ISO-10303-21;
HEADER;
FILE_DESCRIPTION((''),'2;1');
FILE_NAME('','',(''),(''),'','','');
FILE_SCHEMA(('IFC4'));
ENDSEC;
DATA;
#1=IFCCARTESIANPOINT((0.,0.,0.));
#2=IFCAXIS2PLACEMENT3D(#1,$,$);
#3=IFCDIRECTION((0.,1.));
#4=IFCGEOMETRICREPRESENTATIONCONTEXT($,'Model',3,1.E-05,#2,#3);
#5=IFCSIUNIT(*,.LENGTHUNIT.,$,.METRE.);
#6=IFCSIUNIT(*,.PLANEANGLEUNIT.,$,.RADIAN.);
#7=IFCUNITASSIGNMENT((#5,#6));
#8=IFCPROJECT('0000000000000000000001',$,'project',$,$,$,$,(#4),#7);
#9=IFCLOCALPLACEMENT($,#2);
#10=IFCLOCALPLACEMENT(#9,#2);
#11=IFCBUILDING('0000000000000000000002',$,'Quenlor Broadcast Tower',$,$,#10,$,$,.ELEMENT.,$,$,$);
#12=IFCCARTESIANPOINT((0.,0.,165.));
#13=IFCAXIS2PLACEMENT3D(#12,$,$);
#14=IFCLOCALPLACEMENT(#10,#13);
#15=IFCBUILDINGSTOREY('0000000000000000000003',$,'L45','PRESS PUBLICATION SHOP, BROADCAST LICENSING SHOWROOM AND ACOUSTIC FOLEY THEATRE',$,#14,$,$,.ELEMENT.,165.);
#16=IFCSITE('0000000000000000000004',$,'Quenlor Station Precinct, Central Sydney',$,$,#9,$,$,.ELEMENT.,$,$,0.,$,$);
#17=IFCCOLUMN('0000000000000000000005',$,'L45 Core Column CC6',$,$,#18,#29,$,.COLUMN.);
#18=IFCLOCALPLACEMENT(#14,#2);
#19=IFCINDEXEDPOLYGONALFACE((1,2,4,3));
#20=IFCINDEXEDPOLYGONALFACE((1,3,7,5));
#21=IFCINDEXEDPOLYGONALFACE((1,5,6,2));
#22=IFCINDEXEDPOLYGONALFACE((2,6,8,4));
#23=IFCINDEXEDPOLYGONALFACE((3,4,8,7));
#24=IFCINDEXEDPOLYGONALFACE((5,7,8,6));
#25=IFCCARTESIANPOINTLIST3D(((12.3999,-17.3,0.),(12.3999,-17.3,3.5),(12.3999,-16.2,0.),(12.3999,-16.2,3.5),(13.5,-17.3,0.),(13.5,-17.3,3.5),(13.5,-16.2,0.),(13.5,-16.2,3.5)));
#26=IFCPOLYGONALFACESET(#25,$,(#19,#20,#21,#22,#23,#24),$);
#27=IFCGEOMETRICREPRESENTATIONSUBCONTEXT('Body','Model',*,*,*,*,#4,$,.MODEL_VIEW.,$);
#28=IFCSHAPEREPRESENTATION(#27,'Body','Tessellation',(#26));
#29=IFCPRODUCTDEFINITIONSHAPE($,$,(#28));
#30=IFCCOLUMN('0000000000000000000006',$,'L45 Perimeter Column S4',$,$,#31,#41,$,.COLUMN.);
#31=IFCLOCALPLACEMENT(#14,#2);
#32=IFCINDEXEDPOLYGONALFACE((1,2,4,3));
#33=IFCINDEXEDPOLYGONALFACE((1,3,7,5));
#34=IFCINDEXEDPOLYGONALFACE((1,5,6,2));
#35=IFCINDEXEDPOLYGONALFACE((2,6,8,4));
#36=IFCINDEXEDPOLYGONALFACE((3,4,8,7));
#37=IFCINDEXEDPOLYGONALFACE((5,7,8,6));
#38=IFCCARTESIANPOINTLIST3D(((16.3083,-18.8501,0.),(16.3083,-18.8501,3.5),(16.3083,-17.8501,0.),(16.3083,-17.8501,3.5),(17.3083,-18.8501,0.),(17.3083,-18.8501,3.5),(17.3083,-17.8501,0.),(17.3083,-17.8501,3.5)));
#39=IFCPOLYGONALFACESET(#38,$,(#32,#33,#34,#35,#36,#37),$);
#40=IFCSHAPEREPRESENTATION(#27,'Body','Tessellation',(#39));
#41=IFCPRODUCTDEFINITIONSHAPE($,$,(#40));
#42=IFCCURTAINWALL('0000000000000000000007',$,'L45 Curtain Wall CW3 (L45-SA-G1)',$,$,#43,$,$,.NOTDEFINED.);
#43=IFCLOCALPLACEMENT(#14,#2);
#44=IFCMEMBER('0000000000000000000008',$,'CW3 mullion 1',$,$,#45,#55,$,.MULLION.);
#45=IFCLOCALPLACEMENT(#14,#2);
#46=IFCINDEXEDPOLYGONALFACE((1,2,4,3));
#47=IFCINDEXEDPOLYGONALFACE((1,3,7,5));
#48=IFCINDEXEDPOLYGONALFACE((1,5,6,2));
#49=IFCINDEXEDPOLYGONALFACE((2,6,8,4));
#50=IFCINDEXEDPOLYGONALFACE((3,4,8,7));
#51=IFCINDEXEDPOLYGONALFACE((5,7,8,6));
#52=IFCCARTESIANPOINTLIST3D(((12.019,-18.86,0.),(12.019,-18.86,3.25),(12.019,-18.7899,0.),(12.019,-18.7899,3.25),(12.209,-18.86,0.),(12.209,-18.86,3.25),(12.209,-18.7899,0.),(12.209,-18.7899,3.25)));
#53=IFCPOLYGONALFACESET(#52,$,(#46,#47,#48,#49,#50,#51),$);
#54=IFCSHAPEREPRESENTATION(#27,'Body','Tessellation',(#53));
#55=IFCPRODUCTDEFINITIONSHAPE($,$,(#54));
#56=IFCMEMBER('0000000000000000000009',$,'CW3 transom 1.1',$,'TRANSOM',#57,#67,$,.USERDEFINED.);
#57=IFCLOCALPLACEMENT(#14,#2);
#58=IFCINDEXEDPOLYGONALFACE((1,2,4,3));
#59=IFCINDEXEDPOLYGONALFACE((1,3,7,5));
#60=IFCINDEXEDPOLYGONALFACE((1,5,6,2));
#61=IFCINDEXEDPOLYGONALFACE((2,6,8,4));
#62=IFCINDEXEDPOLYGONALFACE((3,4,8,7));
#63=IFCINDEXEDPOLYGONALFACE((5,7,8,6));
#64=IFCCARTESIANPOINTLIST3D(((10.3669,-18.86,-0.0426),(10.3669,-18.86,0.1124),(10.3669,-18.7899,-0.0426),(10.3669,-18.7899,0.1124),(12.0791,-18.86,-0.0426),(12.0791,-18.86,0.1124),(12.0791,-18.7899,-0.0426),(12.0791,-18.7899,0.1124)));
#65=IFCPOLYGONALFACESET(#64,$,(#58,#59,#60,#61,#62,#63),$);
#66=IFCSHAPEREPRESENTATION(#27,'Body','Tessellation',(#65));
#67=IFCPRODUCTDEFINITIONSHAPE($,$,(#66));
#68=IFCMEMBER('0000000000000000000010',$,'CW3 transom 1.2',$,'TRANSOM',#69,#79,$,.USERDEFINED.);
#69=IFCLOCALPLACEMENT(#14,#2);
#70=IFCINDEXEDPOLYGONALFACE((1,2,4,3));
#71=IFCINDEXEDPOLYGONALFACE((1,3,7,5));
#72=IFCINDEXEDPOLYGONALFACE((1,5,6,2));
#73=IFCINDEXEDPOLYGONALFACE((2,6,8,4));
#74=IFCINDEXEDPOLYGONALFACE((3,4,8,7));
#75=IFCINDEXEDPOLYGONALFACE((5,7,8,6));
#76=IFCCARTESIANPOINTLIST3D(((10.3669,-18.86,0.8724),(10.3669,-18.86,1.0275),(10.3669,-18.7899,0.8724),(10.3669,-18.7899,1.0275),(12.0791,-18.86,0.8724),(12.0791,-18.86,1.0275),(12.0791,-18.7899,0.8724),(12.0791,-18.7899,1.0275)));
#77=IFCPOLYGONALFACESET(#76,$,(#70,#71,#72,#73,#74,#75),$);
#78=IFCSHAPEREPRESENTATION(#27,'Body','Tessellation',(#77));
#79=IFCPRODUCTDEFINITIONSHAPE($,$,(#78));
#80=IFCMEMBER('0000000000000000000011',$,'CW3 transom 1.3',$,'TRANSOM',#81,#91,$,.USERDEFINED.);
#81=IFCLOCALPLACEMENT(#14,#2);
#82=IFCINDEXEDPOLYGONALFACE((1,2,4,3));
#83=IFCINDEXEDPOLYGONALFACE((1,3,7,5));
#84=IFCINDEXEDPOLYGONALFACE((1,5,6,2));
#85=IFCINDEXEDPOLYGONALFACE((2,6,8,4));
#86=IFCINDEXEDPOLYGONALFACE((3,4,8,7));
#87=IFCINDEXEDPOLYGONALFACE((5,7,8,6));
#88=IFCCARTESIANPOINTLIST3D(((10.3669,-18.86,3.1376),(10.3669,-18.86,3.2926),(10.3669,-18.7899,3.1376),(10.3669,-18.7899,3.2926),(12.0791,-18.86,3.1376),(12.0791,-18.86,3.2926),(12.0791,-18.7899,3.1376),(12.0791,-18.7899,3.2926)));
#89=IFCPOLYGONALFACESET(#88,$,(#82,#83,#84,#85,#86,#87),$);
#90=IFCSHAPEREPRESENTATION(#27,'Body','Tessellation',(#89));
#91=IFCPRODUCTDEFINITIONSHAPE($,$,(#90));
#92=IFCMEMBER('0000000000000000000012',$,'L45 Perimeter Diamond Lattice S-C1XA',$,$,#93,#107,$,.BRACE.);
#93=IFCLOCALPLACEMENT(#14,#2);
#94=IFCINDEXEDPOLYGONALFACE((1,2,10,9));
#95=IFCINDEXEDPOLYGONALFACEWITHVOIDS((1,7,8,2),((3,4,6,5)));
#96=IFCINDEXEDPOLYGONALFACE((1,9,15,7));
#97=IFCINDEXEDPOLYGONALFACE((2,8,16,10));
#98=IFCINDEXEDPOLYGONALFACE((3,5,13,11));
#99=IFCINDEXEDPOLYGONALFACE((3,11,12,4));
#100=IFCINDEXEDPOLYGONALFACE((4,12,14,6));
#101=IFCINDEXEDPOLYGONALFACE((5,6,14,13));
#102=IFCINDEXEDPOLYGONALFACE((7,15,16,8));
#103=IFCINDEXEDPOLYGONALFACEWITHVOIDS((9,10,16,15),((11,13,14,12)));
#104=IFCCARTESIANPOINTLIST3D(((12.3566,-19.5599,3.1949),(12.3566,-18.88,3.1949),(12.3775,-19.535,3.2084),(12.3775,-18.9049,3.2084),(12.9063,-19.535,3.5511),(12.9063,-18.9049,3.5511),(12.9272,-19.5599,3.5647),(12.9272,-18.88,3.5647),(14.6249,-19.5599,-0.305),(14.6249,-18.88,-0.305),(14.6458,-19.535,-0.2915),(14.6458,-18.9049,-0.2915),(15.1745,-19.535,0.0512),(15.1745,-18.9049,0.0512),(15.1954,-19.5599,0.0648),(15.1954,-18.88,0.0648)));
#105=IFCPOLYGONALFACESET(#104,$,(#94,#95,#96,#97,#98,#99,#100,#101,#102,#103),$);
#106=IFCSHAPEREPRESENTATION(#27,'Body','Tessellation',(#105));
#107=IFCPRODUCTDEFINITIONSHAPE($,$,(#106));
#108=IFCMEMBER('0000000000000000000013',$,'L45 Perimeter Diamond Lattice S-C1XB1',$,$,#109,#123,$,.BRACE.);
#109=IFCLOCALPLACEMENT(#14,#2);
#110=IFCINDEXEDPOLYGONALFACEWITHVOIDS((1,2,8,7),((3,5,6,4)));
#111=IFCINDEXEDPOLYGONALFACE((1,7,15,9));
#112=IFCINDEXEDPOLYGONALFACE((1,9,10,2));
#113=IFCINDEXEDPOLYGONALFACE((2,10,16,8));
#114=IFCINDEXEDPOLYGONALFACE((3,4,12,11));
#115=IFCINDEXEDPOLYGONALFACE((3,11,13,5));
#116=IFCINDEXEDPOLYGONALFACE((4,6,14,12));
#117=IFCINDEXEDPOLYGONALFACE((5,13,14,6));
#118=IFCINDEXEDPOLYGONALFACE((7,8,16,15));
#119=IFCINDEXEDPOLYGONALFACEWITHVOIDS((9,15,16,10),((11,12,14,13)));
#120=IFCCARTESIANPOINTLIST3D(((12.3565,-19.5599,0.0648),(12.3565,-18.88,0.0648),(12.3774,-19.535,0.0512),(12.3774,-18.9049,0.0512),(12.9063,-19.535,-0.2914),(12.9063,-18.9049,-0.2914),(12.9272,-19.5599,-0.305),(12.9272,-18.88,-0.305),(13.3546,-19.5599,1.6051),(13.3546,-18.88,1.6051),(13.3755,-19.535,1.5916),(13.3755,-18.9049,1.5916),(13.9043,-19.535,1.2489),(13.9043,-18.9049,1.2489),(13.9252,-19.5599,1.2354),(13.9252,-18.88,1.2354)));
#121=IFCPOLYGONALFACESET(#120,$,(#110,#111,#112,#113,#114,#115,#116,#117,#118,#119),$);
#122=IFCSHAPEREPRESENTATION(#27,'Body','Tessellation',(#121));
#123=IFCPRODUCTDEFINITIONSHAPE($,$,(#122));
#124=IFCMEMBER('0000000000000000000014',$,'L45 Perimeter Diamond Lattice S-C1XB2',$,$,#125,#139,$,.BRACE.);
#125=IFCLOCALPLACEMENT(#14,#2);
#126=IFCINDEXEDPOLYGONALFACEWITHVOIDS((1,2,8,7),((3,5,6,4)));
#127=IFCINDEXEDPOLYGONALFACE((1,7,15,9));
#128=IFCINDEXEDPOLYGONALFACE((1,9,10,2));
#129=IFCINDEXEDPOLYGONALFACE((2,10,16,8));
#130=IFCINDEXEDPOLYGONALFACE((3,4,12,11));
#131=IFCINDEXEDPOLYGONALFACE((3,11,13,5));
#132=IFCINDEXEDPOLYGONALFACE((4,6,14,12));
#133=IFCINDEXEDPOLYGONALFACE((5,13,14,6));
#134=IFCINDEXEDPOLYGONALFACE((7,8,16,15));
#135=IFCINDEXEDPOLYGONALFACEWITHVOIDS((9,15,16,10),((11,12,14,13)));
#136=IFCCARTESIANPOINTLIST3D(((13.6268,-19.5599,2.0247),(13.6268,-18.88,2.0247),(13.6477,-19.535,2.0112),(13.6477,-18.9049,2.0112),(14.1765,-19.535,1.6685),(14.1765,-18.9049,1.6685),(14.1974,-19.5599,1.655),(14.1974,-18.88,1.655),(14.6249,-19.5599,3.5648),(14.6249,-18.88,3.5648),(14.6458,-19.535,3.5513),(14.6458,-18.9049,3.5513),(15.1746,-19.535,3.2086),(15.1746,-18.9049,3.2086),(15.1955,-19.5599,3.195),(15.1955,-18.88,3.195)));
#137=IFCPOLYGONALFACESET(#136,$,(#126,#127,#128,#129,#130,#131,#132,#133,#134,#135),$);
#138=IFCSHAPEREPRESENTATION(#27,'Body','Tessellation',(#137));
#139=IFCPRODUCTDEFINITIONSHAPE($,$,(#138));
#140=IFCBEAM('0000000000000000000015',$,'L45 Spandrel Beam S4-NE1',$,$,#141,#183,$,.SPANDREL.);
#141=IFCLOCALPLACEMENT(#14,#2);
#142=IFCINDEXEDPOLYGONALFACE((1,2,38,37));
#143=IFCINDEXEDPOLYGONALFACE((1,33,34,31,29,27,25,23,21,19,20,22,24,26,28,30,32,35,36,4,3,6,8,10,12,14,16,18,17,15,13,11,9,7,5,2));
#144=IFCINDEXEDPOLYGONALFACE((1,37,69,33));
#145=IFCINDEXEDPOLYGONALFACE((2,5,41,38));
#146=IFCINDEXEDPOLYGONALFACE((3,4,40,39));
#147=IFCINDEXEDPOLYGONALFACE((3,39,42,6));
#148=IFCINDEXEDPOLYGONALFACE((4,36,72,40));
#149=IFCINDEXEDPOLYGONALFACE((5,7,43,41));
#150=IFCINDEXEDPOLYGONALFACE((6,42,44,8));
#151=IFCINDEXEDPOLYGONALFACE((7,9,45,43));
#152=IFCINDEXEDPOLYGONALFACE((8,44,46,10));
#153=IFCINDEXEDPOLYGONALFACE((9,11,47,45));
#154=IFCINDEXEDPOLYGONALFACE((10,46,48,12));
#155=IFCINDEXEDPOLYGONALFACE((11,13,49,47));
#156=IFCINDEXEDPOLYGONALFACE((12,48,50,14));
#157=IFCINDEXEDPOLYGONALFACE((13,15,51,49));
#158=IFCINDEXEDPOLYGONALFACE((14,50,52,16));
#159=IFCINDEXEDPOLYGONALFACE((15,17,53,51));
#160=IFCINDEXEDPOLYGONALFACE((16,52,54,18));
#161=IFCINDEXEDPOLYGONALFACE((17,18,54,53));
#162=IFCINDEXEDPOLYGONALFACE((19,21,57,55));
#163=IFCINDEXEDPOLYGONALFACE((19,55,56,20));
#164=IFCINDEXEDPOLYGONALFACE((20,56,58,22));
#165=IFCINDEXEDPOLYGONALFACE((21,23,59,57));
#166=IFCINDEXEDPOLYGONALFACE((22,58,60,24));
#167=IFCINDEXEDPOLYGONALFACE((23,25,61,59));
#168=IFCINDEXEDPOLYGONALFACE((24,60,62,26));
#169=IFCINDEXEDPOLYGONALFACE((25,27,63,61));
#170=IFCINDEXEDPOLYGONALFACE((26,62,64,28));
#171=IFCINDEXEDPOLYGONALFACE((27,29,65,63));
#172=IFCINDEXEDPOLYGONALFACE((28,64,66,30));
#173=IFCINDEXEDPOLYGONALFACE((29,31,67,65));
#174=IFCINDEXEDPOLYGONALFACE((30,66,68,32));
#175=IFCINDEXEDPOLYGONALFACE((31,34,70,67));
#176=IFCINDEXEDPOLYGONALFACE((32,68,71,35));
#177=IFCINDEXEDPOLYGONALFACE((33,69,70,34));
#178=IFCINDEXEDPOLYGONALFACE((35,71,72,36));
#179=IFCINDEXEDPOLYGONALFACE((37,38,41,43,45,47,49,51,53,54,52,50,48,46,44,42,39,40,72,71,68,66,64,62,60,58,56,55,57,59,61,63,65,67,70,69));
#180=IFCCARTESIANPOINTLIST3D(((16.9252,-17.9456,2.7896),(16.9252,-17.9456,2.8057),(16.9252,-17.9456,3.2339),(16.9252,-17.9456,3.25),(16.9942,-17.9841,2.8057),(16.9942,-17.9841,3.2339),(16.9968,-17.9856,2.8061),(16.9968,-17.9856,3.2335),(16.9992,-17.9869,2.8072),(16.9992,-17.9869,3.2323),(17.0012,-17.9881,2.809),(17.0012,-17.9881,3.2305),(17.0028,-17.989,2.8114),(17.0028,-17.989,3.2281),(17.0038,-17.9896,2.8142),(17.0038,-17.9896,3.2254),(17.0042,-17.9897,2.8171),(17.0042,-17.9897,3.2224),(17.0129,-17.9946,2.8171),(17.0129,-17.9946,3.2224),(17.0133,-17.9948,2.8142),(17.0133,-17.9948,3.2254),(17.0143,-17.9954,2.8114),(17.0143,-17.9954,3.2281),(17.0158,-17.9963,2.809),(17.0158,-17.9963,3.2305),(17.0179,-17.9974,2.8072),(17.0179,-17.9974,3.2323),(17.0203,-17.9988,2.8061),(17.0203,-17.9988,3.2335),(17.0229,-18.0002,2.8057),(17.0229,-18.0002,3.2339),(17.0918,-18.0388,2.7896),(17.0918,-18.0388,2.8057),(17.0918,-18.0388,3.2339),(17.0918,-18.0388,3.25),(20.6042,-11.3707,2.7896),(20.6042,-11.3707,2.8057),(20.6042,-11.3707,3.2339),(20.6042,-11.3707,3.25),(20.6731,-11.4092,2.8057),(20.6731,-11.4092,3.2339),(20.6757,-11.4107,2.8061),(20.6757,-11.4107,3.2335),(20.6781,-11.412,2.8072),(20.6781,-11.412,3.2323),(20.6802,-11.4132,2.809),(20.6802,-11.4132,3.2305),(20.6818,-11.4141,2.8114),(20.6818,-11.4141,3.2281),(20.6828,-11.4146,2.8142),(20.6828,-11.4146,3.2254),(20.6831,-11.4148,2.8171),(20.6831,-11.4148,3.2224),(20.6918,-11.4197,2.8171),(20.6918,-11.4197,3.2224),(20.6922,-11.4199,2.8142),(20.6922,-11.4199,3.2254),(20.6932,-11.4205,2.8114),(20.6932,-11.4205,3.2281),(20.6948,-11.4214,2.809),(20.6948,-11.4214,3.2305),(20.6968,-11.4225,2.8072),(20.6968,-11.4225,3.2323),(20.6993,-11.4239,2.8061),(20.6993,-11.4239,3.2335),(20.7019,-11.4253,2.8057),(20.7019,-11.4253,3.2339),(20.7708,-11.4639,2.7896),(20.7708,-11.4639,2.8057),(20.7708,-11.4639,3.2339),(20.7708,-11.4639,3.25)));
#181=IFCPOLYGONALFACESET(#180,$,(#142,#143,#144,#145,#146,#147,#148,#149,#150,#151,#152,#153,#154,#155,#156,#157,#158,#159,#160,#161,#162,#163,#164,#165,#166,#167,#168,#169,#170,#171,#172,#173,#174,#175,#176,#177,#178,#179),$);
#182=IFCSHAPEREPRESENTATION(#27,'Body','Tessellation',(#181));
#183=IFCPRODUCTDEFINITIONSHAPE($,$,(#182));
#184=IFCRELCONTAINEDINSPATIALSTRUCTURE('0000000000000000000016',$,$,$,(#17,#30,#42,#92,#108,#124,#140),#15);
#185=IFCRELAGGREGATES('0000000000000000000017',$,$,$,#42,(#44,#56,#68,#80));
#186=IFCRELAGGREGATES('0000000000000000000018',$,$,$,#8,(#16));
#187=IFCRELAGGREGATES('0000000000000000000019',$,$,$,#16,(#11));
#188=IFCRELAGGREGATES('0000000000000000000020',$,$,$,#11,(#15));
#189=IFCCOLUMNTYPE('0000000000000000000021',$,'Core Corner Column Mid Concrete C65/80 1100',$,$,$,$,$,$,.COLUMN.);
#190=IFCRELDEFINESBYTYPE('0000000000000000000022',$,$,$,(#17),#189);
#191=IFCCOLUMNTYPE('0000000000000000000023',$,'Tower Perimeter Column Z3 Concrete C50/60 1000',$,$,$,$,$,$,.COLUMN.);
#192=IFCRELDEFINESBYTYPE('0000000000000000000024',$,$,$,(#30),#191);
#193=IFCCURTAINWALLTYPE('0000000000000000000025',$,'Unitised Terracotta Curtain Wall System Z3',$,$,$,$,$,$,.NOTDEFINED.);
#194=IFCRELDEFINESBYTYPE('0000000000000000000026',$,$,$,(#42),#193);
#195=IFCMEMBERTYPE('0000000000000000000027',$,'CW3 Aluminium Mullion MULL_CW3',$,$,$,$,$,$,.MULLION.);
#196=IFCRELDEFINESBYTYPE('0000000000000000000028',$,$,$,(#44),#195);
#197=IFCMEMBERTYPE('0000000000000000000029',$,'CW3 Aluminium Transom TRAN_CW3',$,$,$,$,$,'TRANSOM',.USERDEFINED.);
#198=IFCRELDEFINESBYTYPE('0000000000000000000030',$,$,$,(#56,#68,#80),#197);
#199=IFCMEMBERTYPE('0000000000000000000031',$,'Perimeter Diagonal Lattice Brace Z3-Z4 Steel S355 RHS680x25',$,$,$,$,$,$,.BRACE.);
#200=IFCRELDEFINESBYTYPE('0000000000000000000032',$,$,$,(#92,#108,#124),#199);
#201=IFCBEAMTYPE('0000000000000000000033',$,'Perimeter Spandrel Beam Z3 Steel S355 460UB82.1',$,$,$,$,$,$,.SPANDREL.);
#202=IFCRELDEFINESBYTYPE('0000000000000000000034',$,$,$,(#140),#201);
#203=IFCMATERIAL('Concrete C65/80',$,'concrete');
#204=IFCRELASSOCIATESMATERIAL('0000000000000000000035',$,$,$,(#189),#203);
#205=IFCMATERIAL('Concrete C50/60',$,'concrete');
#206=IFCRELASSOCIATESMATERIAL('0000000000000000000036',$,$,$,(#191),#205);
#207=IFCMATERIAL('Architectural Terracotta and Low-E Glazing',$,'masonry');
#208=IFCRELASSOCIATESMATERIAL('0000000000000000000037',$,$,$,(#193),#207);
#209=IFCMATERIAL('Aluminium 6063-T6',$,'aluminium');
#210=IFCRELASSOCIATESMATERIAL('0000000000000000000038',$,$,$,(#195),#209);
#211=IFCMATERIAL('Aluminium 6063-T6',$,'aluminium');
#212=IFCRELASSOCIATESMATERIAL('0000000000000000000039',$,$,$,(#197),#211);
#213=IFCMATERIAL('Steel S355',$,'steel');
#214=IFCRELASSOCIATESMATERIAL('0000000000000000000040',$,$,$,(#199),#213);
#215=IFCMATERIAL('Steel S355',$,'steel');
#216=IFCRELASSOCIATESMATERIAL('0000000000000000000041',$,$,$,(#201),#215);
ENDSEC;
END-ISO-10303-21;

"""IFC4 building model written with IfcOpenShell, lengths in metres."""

from ifc_helpers import new_model, si_unit, direction, frame, origin, origin_2d, place, context, subcontext, project, spatial, rectangle, hollow_rectangle, i_section, extrude, material, material_profile, profile_set, type_object, element, aggregate, save


model = new_model("IFC4")

# Units and contexts
model_context = context("Model", 3, precision=1e-05, world=origin(), true_north=direction((0.0, 1.0)))
body_context = subcontext(model_context, "Body", "Model", "MODEL_VIEW")
ifc_project = project(units=[si_unit("LENGTHUNIT", "METRE"), si_unit("PLANEANGLEUNIT", "RADIAN")], contexts=[model_context])

# Site, building, storey
site_placement = place(None, origin())
site = spatial("IfcSite", under=ifc_project, at=site_placement, Name="Quenlor Station Precinct, Central Sydney", CompositionType="ELEMENT", RefElevation=0.0)
building_placement = place(site_placement, origin())
building = spatial("IfcBuilding", under=site, at=building_placement, Name="Quenlor Broadcast Tower", CompositionType="ELEMENT")
storey_placement = place(building_placement, frame((0.0, 0.0, 165.0)))
storey = spatial("IfcBuildingStorey", under=building, at=storey_placement, Name="L45", Description="PRESS PUBLICATION SHOP, BROADCAST LICENSING SHOWROOM AND ACOUSTIC FOLEY THEATRE", CompositionType="ELEMENT", Elevation=165.0)

# Columns
ifc_material_1 = material(Name="Concrete C65/80", Category="concrete")
ifc_material_profile_1 = material_profile(ifc_material_1, rectangle(XDim=1.1001, YDim=1.1001, at=origin_2d()))
ifc_profile_set_1 = profile_set([ifc_material_profile_1], Name="Concrete C65/80 RC1100x1100")
column_type_1 = type_object("IfcColumnType", Name="Core Corner Column Mid Concrete C65/80 1100", PredefinedType="COLUMN", material=ifc_profile_set_1)
column_1_placement = place(storey_placement, frame((12.95, -16.75, 0.0), z_axis=(0.0, 0.0, 1.0), x_axis=(1.0, 0.0, 0.0)))
element("IfcColumn", 1, at=column_1_placement, inside=storey, type_object=column_type_1, Name="L45 Core Column CC6", PredefinedType="COLUMN", context=body_context, shape_type="SweptSolid", body=[
    extrude(rectangle(XDim=1.1001, YDim=1.1001, at=origin_2d()), origin(), (0.0, 0.0, 1.0), 3.5),
])
ifc_material_2 = material(Name="Concrete C50/60", Category="concrete")
ifc_material_profile_2 = material_profile(ifc_material_2, rectangle(XDim=1.0, YDim=1.0, at=origin_2d()))
ifc_profile_set_2 = profile_set([ifc_material_profile_2], Name="Concrete C50/60 RC1000x1000")
column_type_2 = type_object("IfcColumnType", Name="Tower Perimeter Column Z3 Concrete C50/60 1000", PredefinedType="COLUMN", material=ifc_profile_set_2)
column_2_placement = place(storey_placement, frame((16.8083, -18.3501, 0.0), z_axis=(0.0, 0.0, 1.0), x_axis=(0.0, 1.0, 0.0)))
element("IfcColumn", 2, at=column_2_placement, inside=storey, type_object=column_type_2, Name="L45 Perimeter Column S4", PredefinedType="COLUMN", context=body_context, shape_type="SweptSolid", body=[
    extrude(rectangle(XDim=1.0, YDim=1.0, at=origin_2d()), origin(), (0.0, 0.0, 1.0), 3.5),
])

# Curtain wall, members
ifc_material_3 = material(Name="Architectural Terracotta and Low-E Glazing", Category="masonry")
curtain_wall_type = type_object("IfcCurtainWallType", Name="Unitised Terracotta Curtain Wall System Z3", PredefinedType="NOTDEFINED", material=ifc_material_3)
curtain_wall_placement = place(storey_placement, origin())
curtain_wall = element("IfcCurtainWall", 3, at=curtain_wall_placement, inside=storey, type_object=curtain_wall_type, Name="L45 Curtain Wall CW3 (L45-SA-G1)", PredefinedType="NOTDEFINED")
ifc_material_4 = material(Name="Aluminium 6063-T6", Category="aluminium")
ifc_material_profile_3 = material_profile(ifc_material_4, rectangle(XDim=0.0701, YDim=0.1899, at=origin_2d()))
ifc_profile_set_3 = profile_set([ifc_material_profile_3], Name="Aluminium 6063-T6 MULL70x190")
member_type_1 = type_object("IfcMemberType", Name="CW3 Aluminium Mullion MULL_CW3", PredefinedType="MULLION", material=ifc_profile_set_3)
member_1_placement = place(storey_placement, frame((12.114, -18.825, 0.0), z_axis=(0.0, 0.0, 1.0), x_axis=(0.0, -1.0, 0.0)))
member_1 = element("IfcMember", 4, at=member_1_placement, type_object=member_type_1, Name="CW3 mullion 1", PredefinedType="MULLION", context=body_context, shape_type="SweptSolid", body=[
    extrude(rectangle(XDim=0.0701, YDim=0.1899, at=origin_2d()), origin(), (0.0, 0.0, 1.0), 3.25),
])
ifc_material_5 = material(Name="Aluminium 6063-T6", Category="aluminium")
ifc_material_profile_4 = material_profile(ifc_material_5, rectangle(XDim=0.0701, YDim=0.155, at=origin_2d()))
ifc_profile_set_4 = profile_set([ifc_material_profile_4], Name="Aluminium 6063-T6 TRAN70x155")
member_type_2 = type_object("IfcMemberType", Name="CW3 Aluminium Transom TRAN_CW3", ElementType="TRANSOM", PredefinedType="USERDEFINED", material=ifc_profile_set_4)
member_2_placement = place(storey_placement, frame((12.0791, -18.825, 0.0349), z_axis=(-1.0, 0.0, 0.0), x_axis=(0.0, -1.0, 0.0)))
member_2 = element("IfcMember", 5, at=member_2_placement, type_object=member_type_2, Name="CW3 transom 1.1", ObjectType="TRANSOM", PredefinedType="USERDEFINED", context=body_context, shape_type="SweptSolid", body=[
    extrude(rectangle(XDim=0.0701, YDim=0.155, at=origin_2d()), origin(), (0.0, 0.0, 1.0), 1.7122),
])
member_3_placement = place(storey_placement, frame((12.0791, -18.825, 0.95), z_axis=(-1.0, 0.0, 0.0), x_axis=(0.0, -1.0, 0.0)))
member_3 = element("IfcMember", 6, at=member_3_placement, type_object=member_type_2, Name="CW3 transom 1.2", ObjectType="TRANSOM", PredefinedType="USERDEFINED", context=body_context, shape_type="SweptSolid", body=[
    extrude(rectangle(XDim=0.0701, YDim=0.155, at=origin_2d()), origin(), (0.0, 0.0, 1.0), 1.7122),
])
member_4_placement = place(storey_placement, frame((12.0791, -18.825, 3.2151), z_axis=(-1.0, 0.0, 0.0), x_axis=(0.0, -1.0, 0.0)))
member_4 = element("IfcMember", 7, at=member_4_placement, type_object=member_type_2, Name="CW3 transom 1.3", ObjectType="TRANSOM", PredefinedType="USERDEFINED", context=body_context, shape_type="SweptSolid", body=[
    extrude(rectangle(XDim=0.0701, YDim=0.155, at=origin_2d()), origin(), (0.0, 0.0, 1.0), 1.7122),
])

# Members
ifc_material_6 = material(Name="Steel S355", Category="steel")
ifc_material_profile_5 = material_profile(ifc_material_6, hollow_rectangle(XDim=0.6799, YDim=0.6799, WallThickness=0.0249, at=origin_2d()))
ifc_profile_set_5 = profile_set([ifc_material_profile_5], Name="Steel S355 RHS680x680x25")
member_type_3 = type_object("IfcMemberType", Name="Perimeter Diagonal Lattice Brace Z3-Z4 Steel S355 RHS680x25", PredefinedType="BRACE", material=ifc_profile_set_5)
member_5_placement = place(storey_placement, frame((14.9102, -19.22, -0.1201), z_axis=(-0.54386, 0.0, 0.839176), x_axis=(0.0, -1.0, 0.0)))
element("IfcMember", 8, at=member_5_placement, inside=storey, type_object=member_type_3, Name="L45 Perimeter Diamond Lattice S-C1XA", PredefinedType="BRACE", context=body_context, shape_type="SweptSolid", body=[
    extrude(hollow_rectangle(XDim=0.6799, YDim=0.6799, WallThickness=0.0249, at=origin_2d()), origin(), (0.0, 0.0, 1.0), 4.1707),
])
member_6_placement = place(storey_placement, frame((12.6418, -19.22, -0.1201), z_axis=(0.543786, 0.0, 0.839224), x_axis=(0.0, 1.0, 0.0)))
element("IfcMember", 9, at=member_6_placement, inside=storey, type_object=member_type_3, Name="L45 Perimeter Diamond Lattice S-C1XB1", PredefinedType="BRACE", context=body_context, shape_type="SweptSolid", body=[
    extrude(hollow_rectangle(XDim=0.6799, YDim=0.6799, WallThickness=0.0249, at=origin_2d()), origin(), (0.0, 0.0, 1.0), 1.8354),
])
member_7_placement = place(storey_placement, frame((13.9121, -19.22, 1.8398), z_axis=(0.543847, 0.0, 0.839184), x_axis=(0.0, 1.0, 0.0)))
element("IfcMember", 10, at=member_7_placement, inside=storey, type_object=member_type_3, Name="L45 Perimeter Diamond Lattice S-C1XB2", PredefinedType="BRACE", context=body_context, shape_type="SweptSolid", body=[
    extrude(hollow_rectangle(XDim=0.6799, YDim=0.6799, WallThickness=0.0249, at=origin_2d()), origin(), (0.0, 0.0, 1.0), 1.8352),
])

# Beam
ifc_material_7 = material(Name="Steel S355", Category="steel")
ifc_material_profile_6 = material_profile(ifc_material_7, i_section(OverallWidth=0.1909, OverallDepth=0.4604, WebThickness=0.01, FlangeThickness=0.0161, FilletRadius=0.0115, at=origin_2d()))
ifc_profile_set_6 = profile_set([ifc_material_profile_6], Name="Steel S355 460UB82.1")
beam_type_1 = type_object("IfcBeamType", Name="Perimeter Spandrel Beam Z3 Steel S355 460UB82.1", PredefinedType="SPANDREL", material=ifc_profile_set_6)
beam_1_placement = place(storey_placement, frame((17.0085, -17.9922, 3.0198), z_axis=(0.488298, 0.872677, 0.0), x_axis=(-0.872677, 0.488298, 0.0)))
element("IfcBeam", 11, at=beam_1_placement, inside=storey, type_object=beam_type_1, Name="L45 Spandrel Beam S4-NE1", PredefinedType="SPANDREL", context=body_context, shape_type="SweptSolid", body=[
    extrude(i_section(OverallWidth=0.1909, OverallDepth=0.4604, WebThickness=0.01, FlangeThickness=0.0161, FilletRadius=0.0115, at=origin_2d()), origin(), (0.0, 0.0, 1.0), 7.5342),
])

aggregate(curtain_wall, [member_1, member_2, member_3, member_4])

save(model, "model.ifc")
